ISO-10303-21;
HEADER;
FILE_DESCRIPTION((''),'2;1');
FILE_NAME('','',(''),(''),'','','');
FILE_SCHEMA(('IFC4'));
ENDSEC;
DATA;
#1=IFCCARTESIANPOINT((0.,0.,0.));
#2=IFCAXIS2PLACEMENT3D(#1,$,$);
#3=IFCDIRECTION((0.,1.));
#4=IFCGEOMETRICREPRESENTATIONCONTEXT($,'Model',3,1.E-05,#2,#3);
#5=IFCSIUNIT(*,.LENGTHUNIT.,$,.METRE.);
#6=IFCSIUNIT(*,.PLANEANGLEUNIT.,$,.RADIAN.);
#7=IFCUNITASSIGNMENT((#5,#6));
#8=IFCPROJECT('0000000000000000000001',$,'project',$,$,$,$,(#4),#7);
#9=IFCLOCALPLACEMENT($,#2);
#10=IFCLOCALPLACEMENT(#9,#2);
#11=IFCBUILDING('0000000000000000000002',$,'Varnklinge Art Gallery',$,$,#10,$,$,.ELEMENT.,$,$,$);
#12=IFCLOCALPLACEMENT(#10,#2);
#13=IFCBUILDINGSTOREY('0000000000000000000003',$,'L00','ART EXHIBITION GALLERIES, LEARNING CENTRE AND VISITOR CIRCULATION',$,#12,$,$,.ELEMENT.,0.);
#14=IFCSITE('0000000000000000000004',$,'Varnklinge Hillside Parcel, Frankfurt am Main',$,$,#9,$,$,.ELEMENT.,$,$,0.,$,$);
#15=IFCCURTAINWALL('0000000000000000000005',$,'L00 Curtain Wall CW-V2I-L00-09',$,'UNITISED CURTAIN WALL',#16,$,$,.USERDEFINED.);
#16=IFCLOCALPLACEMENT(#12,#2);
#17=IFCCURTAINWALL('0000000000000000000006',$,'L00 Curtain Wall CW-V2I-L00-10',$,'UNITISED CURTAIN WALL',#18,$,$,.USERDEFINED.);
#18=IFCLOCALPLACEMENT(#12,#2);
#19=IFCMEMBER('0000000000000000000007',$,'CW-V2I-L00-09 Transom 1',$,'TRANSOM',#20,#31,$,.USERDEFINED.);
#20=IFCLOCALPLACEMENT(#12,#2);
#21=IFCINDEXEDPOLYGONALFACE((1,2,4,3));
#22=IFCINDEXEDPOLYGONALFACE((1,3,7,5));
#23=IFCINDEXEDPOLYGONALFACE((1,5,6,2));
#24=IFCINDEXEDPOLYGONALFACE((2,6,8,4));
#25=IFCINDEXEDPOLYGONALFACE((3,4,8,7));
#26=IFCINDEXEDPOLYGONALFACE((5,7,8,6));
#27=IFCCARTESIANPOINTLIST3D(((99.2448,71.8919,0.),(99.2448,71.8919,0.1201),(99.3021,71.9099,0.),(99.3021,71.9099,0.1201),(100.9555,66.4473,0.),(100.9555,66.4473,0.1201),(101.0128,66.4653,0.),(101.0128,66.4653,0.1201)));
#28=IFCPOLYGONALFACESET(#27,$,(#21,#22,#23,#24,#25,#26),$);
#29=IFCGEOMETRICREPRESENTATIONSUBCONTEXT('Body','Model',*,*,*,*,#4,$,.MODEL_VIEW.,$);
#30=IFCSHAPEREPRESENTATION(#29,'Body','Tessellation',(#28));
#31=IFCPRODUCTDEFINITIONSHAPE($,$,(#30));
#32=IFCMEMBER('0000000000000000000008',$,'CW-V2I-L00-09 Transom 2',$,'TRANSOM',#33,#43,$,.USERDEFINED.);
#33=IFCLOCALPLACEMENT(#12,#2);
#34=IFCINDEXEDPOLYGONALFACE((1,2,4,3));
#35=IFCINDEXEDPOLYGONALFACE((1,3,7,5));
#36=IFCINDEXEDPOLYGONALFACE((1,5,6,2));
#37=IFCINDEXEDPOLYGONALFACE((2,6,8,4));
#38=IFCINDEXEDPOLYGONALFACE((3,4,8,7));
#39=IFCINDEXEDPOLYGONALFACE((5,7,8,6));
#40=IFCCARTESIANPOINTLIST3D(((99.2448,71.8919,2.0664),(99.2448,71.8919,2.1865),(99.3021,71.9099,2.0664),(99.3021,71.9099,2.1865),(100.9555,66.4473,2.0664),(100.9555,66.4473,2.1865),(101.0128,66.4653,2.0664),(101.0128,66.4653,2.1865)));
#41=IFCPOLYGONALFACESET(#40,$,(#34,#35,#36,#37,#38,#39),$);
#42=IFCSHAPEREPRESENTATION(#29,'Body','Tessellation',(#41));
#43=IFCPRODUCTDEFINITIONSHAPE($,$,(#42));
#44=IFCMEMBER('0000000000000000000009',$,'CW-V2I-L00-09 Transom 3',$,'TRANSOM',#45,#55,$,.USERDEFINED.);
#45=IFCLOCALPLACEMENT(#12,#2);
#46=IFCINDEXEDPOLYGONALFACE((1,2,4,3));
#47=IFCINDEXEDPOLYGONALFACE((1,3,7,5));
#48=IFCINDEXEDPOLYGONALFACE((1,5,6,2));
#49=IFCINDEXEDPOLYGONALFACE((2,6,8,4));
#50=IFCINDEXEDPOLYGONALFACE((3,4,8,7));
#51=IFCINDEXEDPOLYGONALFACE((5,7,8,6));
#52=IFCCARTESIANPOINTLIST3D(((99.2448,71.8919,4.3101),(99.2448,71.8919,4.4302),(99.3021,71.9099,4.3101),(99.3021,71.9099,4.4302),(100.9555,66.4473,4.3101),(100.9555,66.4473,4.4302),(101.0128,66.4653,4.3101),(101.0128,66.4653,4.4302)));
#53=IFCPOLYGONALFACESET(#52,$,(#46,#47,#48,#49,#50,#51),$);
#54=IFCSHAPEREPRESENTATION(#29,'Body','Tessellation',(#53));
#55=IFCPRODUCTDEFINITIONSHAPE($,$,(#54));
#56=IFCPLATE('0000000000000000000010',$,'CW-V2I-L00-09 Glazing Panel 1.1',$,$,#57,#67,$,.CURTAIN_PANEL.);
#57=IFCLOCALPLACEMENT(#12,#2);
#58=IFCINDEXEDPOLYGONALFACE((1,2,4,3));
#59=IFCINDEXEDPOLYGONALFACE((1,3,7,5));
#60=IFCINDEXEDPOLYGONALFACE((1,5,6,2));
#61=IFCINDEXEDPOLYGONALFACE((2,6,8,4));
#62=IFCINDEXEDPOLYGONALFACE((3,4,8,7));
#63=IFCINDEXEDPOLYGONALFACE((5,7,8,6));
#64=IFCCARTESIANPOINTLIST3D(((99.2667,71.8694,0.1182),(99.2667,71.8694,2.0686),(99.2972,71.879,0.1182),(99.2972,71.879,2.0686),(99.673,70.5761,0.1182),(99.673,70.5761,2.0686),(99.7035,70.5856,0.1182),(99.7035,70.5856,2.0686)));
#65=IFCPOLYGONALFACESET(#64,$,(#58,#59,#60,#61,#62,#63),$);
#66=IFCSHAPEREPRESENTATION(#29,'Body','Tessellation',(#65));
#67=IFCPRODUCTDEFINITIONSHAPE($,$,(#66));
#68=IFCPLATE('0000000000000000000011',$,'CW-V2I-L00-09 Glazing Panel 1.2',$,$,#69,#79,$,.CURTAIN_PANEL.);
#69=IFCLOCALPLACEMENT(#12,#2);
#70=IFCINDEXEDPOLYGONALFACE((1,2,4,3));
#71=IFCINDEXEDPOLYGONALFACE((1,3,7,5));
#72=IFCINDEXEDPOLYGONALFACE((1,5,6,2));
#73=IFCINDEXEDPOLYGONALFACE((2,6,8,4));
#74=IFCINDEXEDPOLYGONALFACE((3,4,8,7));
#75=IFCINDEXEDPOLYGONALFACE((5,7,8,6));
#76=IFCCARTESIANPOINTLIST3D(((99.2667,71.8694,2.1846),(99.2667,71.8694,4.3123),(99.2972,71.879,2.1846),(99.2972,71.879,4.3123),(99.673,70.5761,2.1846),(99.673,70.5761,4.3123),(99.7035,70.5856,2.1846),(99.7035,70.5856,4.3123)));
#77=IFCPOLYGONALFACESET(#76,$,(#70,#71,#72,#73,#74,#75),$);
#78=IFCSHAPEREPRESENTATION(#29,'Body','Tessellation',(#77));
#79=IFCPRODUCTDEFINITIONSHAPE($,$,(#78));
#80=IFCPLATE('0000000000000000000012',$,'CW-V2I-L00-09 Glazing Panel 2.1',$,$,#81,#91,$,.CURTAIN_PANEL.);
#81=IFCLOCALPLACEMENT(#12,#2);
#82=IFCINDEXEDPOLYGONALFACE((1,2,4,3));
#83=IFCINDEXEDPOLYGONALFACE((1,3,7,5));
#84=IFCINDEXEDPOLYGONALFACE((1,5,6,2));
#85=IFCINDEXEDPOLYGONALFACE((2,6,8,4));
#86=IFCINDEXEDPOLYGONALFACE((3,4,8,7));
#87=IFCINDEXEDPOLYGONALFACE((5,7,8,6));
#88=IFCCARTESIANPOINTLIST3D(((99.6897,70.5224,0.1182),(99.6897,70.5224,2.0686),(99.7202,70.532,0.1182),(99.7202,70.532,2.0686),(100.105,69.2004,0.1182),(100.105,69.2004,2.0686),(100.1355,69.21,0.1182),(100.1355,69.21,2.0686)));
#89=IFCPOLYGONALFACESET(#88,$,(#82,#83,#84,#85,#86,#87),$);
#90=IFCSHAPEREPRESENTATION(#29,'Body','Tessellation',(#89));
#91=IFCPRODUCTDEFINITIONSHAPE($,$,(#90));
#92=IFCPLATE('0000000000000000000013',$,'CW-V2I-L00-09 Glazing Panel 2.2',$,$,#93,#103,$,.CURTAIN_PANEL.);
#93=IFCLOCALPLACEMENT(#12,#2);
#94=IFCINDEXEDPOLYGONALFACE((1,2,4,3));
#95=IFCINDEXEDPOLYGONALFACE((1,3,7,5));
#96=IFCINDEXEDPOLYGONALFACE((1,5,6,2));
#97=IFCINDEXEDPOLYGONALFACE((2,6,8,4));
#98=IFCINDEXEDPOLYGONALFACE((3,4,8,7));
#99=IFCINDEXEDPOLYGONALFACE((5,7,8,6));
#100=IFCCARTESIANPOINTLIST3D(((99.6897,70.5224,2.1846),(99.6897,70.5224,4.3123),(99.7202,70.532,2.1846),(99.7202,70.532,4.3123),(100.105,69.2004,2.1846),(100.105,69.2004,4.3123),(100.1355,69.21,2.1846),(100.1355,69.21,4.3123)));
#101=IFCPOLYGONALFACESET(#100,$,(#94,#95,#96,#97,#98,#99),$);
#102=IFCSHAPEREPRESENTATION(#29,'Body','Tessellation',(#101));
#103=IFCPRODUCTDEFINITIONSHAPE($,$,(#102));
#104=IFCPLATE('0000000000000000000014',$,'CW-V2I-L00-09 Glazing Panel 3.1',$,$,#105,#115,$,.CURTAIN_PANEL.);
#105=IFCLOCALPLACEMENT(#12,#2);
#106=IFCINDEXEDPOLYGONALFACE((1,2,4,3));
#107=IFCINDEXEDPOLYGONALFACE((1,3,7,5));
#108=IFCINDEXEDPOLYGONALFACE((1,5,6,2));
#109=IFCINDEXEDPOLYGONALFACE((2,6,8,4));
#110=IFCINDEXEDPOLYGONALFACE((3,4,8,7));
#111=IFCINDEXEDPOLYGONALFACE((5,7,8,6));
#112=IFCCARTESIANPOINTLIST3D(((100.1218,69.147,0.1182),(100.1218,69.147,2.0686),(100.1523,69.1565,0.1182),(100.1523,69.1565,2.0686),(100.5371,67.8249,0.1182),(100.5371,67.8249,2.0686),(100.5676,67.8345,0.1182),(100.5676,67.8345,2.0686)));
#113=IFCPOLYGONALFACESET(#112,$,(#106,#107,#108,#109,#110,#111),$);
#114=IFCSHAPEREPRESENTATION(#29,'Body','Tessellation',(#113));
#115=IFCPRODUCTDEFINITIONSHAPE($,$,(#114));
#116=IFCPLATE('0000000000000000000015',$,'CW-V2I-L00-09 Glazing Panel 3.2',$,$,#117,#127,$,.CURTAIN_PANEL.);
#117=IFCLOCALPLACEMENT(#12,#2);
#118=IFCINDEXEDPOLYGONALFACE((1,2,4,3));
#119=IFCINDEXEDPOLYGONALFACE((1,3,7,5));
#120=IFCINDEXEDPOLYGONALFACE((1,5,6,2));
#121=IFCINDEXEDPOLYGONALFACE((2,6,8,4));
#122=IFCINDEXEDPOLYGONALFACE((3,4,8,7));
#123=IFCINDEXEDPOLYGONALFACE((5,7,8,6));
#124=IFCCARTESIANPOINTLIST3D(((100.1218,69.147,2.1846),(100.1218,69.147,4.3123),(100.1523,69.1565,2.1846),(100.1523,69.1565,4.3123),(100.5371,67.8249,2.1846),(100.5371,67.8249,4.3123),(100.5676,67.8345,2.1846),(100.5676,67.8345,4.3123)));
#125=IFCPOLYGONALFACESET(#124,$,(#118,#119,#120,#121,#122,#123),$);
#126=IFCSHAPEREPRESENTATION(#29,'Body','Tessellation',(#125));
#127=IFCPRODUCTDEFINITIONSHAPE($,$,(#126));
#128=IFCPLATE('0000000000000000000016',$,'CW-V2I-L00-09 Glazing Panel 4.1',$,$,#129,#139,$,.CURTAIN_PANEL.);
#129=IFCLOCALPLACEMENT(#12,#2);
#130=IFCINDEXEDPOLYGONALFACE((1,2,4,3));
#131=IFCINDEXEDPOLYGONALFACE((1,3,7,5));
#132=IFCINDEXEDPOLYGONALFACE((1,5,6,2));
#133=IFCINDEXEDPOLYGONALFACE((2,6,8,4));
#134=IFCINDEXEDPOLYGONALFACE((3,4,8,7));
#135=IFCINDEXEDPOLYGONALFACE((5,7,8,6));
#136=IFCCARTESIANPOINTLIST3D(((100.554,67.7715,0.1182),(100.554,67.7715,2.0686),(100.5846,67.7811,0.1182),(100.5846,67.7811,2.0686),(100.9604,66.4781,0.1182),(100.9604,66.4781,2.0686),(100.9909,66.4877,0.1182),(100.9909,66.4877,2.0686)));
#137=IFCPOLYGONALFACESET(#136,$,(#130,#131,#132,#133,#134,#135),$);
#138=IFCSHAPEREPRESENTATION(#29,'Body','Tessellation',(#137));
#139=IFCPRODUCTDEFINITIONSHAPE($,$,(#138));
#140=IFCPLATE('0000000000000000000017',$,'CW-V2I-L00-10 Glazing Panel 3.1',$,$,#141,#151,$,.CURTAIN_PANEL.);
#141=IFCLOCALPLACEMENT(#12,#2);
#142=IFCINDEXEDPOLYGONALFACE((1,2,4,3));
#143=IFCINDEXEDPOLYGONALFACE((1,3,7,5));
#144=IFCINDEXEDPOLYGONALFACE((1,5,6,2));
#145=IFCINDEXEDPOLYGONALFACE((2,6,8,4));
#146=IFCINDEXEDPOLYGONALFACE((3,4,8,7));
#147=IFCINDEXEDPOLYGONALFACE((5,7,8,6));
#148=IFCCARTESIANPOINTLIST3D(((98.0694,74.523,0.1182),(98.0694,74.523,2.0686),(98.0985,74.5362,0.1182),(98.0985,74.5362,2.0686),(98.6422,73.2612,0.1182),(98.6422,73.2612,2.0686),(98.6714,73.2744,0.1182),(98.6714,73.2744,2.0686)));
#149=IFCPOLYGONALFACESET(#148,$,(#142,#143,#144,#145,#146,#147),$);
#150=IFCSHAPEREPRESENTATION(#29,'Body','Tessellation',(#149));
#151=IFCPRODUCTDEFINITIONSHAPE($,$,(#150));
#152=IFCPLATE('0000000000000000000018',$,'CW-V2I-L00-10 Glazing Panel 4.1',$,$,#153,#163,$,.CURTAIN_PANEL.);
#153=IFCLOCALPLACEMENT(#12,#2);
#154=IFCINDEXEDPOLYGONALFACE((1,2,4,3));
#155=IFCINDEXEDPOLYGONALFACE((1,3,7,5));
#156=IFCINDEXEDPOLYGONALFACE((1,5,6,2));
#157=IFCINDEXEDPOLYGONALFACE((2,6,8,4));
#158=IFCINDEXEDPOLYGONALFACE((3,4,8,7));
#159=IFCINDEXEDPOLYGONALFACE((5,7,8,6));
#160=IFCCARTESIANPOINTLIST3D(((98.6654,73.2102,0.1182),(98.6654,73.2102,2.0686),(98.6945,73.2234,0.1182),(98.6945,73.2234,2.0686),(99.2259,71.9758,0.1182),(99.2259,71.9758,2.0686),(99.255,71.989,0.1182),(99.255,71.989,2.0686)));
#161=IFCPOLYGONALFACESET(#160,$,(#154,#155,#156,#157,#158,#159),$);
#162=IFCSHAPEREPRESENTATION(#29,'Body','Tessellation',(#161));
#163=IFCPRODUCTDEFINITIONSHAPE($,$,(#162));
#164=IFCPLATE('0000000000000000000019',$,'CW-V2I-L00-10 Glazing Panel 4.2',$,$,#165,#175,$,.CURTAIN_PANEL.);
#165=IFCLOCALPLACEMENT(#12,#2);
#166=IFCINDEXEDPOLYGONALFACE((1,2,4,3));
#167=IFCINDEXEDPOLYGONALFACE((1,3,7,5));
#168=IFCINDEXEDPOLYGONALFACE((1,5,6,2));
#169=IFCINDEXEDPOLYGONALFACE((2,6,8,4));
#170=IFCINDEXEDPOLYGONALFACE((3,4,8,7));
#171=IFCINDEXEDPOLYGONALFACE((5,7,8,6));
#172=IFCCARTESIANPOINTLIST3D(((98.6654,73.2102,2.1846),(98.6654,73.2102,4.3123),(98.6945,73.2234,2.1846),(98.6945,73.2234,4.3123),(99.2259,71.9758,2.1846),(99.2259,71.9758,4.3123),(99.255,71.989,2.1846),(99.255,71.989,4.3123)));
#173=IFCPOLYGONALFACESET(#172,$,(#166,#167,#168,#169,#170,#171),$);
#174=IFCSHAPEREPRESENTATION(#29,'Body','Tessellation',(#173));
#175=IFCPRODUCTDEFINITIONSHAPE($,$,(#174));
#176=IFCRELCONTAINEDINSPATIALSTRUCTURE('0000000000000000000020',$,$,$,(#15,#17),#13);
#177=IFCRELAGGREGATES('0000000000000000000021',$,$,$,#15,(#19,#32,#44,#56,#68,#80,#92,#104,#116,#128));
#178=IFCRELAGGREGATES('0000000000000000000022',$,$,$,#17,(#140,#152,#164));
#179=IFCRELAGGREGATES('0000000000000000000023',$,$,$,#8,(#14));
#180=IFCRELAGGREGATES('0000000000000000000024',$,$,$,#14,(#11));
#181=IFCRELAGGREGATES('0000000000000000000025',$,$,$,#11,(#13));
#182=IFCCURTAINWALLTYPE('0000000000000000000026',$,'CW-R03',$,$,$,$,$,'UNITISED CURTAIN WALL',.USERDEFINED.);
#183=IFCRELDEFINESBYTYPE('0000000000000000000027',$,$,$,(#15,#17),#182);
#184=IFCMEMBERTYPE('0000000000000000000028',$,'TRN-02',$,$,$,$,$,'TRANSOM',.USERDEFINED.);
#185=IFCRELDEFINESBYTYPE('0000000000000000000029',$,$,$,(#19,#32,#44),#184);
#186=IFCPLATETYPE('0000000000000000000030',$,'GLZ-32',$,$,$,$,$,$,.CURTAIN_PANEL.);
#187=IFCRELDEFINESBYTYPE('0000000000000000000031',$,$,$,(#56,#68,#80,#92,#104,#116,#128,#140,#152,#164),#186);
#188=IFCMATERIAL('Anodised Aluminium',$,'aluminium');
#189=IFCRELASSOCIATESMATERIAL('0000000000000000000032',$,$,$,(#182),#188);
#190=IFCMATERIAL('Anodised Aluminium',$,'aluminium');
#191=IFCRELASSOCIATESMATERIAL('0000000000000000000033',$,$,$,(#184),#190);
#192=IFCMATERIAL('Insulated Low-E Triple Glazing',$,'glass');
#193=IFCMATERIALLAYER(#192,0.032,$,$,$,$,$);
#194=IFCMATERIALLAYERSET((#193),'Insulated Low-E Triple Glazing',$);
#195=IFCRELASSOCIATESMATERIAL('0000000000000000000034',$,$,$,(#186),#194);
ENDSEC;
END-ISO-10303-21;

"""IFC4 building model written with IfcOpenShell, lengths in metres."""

from ifc_helpers import new_model, si_unit, direction, frame, origin, origin_2d, place, context, subcontext, project, spatial, rectangle, extrude, material, layer, layer_set, material_profile, profile_set, type_object, element, aggregate, save


model = new_model("IFC4")

# Units and contexts
model_context = context("Model", 3, precision=1e-05, world=origin(), true_north=direction((0.0, 1.0)))
body_context = subcontext(model_context, "Body", "Model", "MODEL_VIEW")
ifc_project = project(units=[si_unit("LENGTHUNIT", "METRE"), si_unit("PLANEANGLEUNIT", "RADIAN")], contexts=[model_context])

# Site, building, storey
site_placement = place(None, origin())
site = spatial("IfcSite", under=ifc_project, at=site_placement, Name="Varnklinge Hillside Parcel, Frankfurt am Main", CompositionType="ELEMENT", RefElevation=0.0)
building_placement = place(site_placement, origin())
building = spatial("IfcBuilding", under=site, at=building_placement, Name="Varnklinge Art Gallery", CompositionType="ELEMENT")
storey_placement = place(building_placement, origin())
storey = spatial("IfcBuildingStorey", under=building, at=storey_placement, Name="L00", Description="ART EXHIBITION GALLERIES, LEARNING CENTRE AND VISITOR CIRCULATION", CompositionType="ELEMENT", Elevation=0.0)

# Curtain walls
ifc_material_1 = material(Name="Anodised Aluminium", Category="aluminium")
curtain_wall_type = type_object("IfcCurtainWallType", Name="CW-R03", ElementType="UNITISED CURTAIN WALL", PredefinedType="USERDEFINED", material=ifc_material_1)
curtain_wall_1_placement = place(storey_placement, origin())
curtain_wall_1 = element("IfcCurtainWall", 1, at=curtain_wall_1_placement, inside=storey, type_object=curtain_wall_type, Name="L00 Curtain Wall CW-V2I-L00-09", ObjectType="UNITISED CURTAIN WALL", PredefinedType="USERDEFINED")
curtain_wall_2_placement = place(storey_placement, origin())
curtain_wall_2 = element("IfcCurtainWall", 2, at=curtain_wall_2_placement, inside=storey, type_object=curtain_wall_type, Name="L00 Curtain Wall CW-V2I-L00-10", ObjectType="UNITISED CURTAIN WALL", PredefinedType="USERDEFINED")

# Members
ifc_material_2 = material(Name="Anodised Aluminium", Category="aluminium")
ifc_material_profile_1 = material_profile(ifc_material_2, rectangle(XDim=0.0601, YDim=0.1201, at=origin_2d()), Name="ALU 60x120")
ifc_profile_set_1 = profile_set([ifc_material_profile_1], Name="Anodised Aluminium")
member_type_1 = type_object("IfcMemberType", Name="TRN-02", ElementType="TRANSOM", PredefinedType="USERDEFINED", material=ifc_profile_set_1)
member_1_placement = place(storey_placement, frame((99.2734, 71.9009, 0.0601), z_axis=(0.299753, -0.954017, 0.0), x_axis=(0.954017, 0.299753, 0.0)))
member_1 = element("IfcMember", 3, at=member_1_placement, type_object=member_type_1, Name="CW-V2I-L00-09 Transom 1", ObjectType="TRANSOM", PredefinedType="USERDEFINED", context=body_context, shape_type="SweptSolid", body=[
    extrude(rectangle(XDim=0.0601, YDim=0.1201, at=origin_2d()), origin(), (0.0, 0.0, 1.0), 5.707),
])
member_2_placement = place(storey_placement, frame((99.2734, 71.9009, 2.1265), z_axis=(0.299753, -0.954017, 0.0), x_axis=(0.954017, 0.299753, 0.0)))
member_2 = element("IfcMember", 4, at=member_2_placement, type_object=member_type_1, Name="CW-V2I-L00-09 Transom 2", ObjectType="TRANSOM", PredefinedType="USERDEFINED", context=body_context, shape_type="SweptSolid", body=[
    extrude(rectangle(XDim=0.0601, YDim=0.1201, at=origin_2d()), origin(), (0.0, 0.0, 1.0), 5.707),
])
member_3_placement = place(storey_placement, frame((99.2734, 71.9009, 4.3701), z_axis=(0.299753, -0.954017, 0.0), x_axis=(0.954017, 0.299753, 0.0)))
member_3 = element("IfcMember", 5, at=member_3_placement, type_object=member_type_1, Name="CW-V2I-L00-09 Transom 3", ObjectType="TRANSOM", PredefinedType="USERDEFINED", context=body_context, shape_type="SweptSolid", body=[
    extrude(rectangle(XDim=0.0601, YDim=0.1201, at=origin_2d()), origin(), (0.0, 0.0, 1.0), 5.707),
])

# Plates
ifc_material_3 = material(Name="Insulated Low-E Triple Glazing", Category="glass")
ifc_layer = layer(ifc_material_3, 0.032)
ifc_layer_set = layer_set([ifc_layer], Name="Insulated Low-E Triple Glazing")
plate_type = type_object("IfcPlateType", Name="GLZ-32", PredefinedType="CURTAIN_PANEL", material=ifc_layer_set)
plate_1_placement = place(storey_placement, frame((99.4851, 71.2275, 0.1182), z_axis=(0.0, 0.0, 1.0), x_axis=(0.299707, -0.954031, 0.0)))
plate_1 = element("IfcPlate", 6, at=plate_1_placement, type_object=plate_type, Name="CW-V2I-L00-09 Glazing Panel 1.1", PredefinedType="CURTAIN_PANEL", context=body_context, shape_type="SweptSolid", body=[
    extrude(rectangle(XDim=1.3557, YDim=0.032, at=origin_2d()), origin(), (0.0, 0.0, 1.0), 1.9504),
])
plate_2_placement = place(storey_placement, frame((99.4851, 71.2275, 2.1846), z_axis=(0.0, 0.0, 1.0), x_axis=(0.299707, -0.954031, 0.0)))
plate_2 = element("IfcPlate", 7, at=plate_2_placement, type_object=plate_type, Name="CW-V2I-L00-09 Glazing Panel 1.2", PredefinedType="CURTAIN_PANEL", context=body_context, shape_type="SweptSolid", body=[
    extrude(rectangle(XDim=1.3557, YDim=0.032, at=origin_2d()), origin(), (0.0, 0.0, 1.0), 2.1277),
])
plate_3_placement = place(storey_placement, frame((99.9126, 69.8662, 0.1182), z_axis=(0.0, 0.0, 1.0), x_axis=(0.299707, -0.954031, 0.0)))
plate_3 = element("IfcPlate", 8, at=plate_3_placement, type_object=plate_type, Name="CW-V2I-L00-09 Glazing Panel 2.1", PredefinedType="CURTAIN_PANEL", context=body_context, shape_type="SweptSolid", body=[
    extrude(rectangle(XDim=1.3857, YDim=0.032, at=origin_2d()), origin(), (0.0, 0.0, 1.0), 1.9504),
])
plate_4_placement = place(storey_placement, frame((99.9126, 69.8662, 2.1846), z_axis=(0.0, 0.0, 1.0), x_axis=(0.299707, -0.954031, 0.0)))
plate_4 = element("IfcPlate", 9, at=plate_4_placement, type_object=plate_type, Name="CW-V2I-L00-09 Glazing Panel 2.2", PredefinedType="CURTAIN_PANEL", context=body_context, shape_type="SweptSolid", body=[
    extrude(rectangle(XDim=1.3857, YDim=0.032, at=origin_2d()), origin(), (0.0, 0.0, 1.0), 2.1277),
])
plate_5_placement = place(storey_placement, frame((100.3447, 68.4907, 0.1182), z_axis=(0.0, 0.0, 1.0), x_axis=(0.299707, -0.954031, 0.0)))
plate_5 = element("IfcPlate", 10, at=plate_5_placement, type_object=plate_type, Name="CW-V2I-L00-09 Glazing Panel 3.1", PredefinedType="CURTAIN_PANEL", context=body_context, shape_type="SweptSolid", body=[
    extrude(rectangle(XDim=1.3857, YDim=0.032, at=origin_2d()), origin(), (0.0, 0.0, 1.0), 1.9504),
])
plate_6_placement = place(storey_placement, frame((100.3447, 68.4907, 2.1846), z_axis=(0.0, 0.0, 1.0), x_axis=(0.299707, -0.954031, 0.0)))
plate_6 = element("IfcPlate", 11, at=plate_6_placement, type_object=plate_type, Name="CW-V2I-L00-09 Glazing Panel 3.2", PredefinedType="CURTAIN_PANEL", context=body_context, shape_type="SweptSolid", body=[
    extrude(rectangle(XDim=1.3857, YDim=0.032, at=origin_2d()), origin(), (0.0, 0.0, 1.0), 2.1277),
])
plate_7_placement = place(storey_placement, frame((100.7725, 67.1296, 0.1182), z_axis=(0.0, 0.0, 1.0), x_axis=(0.299707, -0.954031, 0.0)))
plate_7 = element("IfcPlate", 12, at=plate_7_placement, type_object=plate_type, Name="CW-V2I-L00-09 Glazing Panel 4.1", PredefinedType="CURTAIN_PANEL", context=body_context, shape_type="SweptSolid", body=[
    extrude(rectangle(XDim=1.3557, YDim=0.032, at=origin_2d()), origin(), (0.0, 0.0, 1.0), 1.9504),
])
aggregate(curtain_wall_1, [member_1, member_2, member_3, plate_1, plate_2, plate_3, plate_4, plate_5, plate_6, plate_7])
plate_8_placement = place(storey_placement, frame((98.3704, 73.8987, 0.1182), z_axis=(0.0, 0.0, 1.0), x_axis=(0.413422, -0.910539, 0.0)))
plate_8 = element("IfcPlate", 13, at=plate_8_placement, type_object=plate_type, Name="CW-V2I-L00-10 Glazing Panel 3.1", PredefinedType="CURTAIN_PANEL", context=body_context, shape_type="SweptSolid", body=[
    extrude(rectangle(XDim=1.3857, YDim=0.032, at=origin_2d()), origin(), (0.0, 0.0, 1.0), 1.9504),
])
plate_9_placement = place(storey_placement, frame((98.9602, 72.5996, 0.1182), z_axis=(0.0, 0.0, 1.0), x_axis=(0.413422, -0.910539, 0.0)))
plate_9 = element("IfcPlate", 14, at=plate_9_placement, type_object=plate_type, Name="CW-V2I-L00-10 Glazing Panel 4.1", PredefinedType="CURTAIN_PANEL", context=body_context, shape_type="SweptSolid", body=[
    extrude(rectangle(XDim=1.3557, YDim=0.032, at=origin_2d()), origin(), (0.0, 0.0, 1.0), 1.9504),
])
plate_10_placement = place(storey_placement, frame((98.9602, 72.5996, 2.1846), z_axis=(0.0, 0.0, 1.0), x_axis=(0.413422, -0.910539, 0.0)))
plate_10 = element("IfcPlate", 15, at=plate_10_placement, type_object=plate_type, Name="CW-V2I-L00-10 Glazing Panel 4.2", PredefinedType="CURTAIN_PANEL", context=body_context, shape_type="SweptSolid", body=[
    extrude(rectangle(XDim=1.3557, YDim=0.032, at=origin_2d()), origin(), (0.0, 0.0, 1.0), 2.1277),
])
aggregate(curtain_wall_2, [plate_8, plate_9, plate_10])

save(model, "model.ifc")
